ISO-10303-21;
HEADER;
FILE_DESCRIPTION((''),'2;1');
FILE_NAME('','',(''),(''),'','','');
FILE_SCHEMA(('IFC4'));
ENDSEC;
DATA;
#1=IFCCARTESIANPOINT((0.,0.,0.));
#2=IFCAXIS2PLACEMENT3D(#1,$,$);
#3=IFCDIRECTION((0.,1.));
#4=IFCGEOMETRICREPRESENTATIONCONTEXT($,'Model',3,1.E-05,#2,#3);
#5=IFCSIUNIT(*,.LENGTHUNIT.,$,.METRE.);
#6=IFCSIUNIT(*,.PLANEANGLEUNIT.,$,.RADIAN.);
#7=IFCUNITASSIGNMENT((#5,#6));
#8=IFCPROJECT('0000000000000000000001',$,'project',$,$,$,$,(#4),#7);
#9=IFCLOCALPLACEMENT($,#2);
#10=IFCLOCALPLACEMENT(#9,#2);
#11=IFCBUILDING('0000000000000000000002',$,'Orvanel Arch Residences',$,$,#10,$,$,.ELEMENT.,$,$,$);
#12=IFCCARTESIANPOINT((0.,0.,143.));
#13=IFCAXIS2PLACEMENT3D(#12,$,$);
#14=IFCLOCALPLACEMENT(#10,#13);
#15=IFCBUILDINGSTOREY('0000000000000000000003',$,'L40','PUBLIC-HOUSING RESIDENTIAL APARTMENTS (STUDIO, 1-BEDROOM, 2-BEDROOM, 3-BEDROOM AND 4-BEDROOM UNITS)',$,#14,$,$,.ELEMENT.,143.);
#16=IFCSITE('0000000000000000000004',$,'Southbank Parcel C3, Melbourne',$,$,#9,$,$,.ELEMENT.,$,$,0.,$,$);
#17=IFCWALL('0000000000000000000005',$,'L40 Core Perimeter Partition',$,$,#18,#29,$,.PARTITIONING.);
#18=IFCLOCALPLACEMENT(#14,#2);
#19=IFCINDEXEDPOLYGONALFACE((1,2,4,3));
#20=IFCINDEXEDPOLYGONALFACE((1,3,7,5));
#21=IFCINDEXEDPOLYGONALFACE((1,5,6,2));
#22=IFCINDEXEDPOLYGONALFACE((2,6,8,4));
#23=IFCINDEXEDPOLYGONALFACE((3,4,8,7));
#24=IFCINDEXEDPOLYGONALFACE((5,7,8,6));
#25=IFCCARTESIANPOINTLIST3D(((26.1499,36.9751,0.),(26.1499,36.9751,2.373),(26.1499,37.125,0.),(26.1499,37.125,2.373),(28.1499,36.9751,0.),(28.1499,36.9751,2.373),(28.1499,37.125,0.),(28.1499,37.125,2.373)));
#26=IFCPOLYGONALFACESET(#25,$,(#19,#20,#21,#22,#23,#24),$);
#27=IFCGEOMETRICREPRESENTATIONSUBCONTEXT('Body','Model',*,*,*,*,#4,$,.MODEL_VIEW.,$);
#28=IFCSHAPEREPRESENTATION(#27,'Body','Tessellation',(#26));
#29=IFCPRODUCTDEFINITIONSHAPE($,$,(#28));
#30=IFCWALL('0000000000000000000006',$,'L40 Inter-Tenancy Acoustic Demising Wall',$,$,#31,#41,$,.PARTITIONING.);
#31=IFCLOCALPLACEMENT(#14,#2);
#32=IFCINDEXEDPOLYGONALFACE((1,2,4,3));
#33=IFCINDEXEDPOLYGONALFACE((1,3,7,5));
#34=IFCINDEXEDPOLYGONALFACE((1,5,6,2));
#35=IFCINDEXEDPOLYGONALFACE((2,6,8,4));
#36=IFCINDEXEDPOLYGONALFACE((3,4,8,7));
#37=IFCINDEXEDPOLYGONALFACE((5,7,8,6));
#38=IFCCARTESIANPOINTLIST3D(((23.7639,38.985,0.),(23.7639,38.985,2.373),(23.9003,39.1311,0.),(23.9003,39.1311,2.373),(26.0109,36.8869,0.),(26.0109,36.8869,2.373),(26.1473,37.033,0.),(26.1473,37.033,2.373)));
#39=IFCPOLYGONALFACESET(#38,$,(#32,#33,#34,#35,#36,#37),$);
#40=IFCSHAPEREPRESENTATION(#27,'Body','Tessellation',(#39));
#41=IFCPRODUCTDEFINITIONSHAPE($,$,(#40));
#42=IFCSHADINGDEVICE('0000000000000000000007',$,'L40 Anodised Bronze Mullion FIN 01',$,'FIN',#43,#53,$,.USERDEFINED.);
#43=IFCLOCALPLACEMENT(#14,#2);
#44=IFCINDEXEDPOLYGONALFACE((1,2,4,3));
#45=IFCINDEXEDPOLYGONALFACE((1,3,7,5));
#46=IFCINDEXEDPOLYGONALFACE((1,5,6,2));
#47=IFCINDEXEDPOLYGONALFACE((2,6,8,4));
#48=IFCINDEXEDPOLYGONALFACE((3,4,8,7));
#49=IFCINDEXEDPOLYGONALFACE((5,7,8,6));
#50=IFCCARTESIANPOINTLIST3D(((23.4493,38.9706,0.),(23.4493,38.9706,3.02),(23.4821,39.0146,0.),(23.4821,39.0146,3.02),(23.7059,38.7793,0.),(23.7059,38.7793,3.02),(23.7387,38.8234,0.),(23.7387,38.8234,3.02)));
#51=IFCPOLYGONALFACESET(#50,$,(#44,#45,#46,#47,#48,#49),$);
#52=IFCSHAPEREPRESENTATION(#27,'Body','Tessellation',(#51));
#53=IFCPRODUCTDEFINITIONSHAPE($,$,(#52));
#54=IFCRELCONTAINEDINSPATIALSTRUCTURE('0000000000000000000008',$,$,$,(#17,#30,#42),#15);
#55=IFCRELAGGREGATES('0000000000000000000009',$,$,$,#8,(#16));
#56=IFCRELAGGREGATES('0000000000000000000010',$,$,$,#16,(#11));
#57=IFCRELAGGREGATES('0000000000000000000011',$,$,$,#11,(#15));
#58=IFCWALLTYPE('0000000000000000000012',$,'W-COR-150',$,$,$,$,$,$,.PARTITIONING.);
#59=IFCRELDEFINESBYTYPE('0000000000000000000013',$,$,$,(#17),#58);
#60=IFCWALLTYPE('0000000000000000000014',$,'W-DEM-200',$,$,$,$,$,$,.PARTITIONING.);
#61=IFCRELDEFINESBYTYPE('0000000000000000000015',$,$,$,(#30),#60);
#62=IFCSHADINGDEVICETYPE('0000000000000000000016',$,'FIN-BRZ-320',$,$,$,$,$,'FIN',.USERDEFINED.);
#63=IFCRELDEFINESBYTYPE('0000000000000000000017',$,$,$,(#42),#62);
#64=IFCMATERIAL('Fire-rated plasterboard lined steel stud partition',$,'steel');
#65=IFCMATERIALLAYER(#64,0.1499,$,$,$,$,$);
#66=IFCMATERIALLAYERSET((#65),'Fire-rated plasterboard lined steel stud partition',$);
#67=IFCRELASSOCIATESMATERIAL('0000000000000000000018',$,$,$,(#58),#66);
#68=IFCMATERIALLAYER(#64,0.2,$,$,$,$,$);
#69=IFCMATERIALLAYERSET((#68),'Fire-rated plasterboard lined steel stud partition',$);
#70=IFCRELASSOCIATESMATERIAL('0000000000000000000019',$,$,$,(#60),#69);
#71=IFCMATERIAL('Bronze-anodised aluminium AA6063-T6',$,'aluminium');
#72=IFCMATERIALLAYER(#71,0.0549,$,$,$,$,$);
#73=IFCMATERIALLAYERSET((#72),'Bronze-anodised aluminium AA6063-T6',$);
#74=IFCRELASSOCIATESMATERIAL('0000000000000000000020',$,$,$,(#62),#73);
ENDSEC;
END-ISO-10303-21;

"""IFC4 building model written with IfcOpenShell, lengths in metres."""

from ifc_helpers import new_model, si_unit, direction, frame, frame_2d, origin, origin_2d, place, context, subcontext, project, spatial, rectangle, extrude, material, layer, layer_set, type_object, element, save


model = new_model("IFC4")

# Units and contexts
model_context = context("Model", 3, precision=1e-05, world=origin(), true_north=direction((0.0, 1.0)))
body_context = subcontext(model_context, "Body", "Model", "MODEL_VIEW")
ifc_project = project(units=[si_unit("LENGTHUNIT", "METRE"), si_unit("PLANEANGLEUNIT", "RADIAN")], contexts=[model_context])

# Site, building, storey
site_placement = place(None, origin())
site = spatial("IfcSite", under=ifc_project, at=site_placement, Name="Southbank Parcel C3, Melbourne", CompositionType="ELEMENT", RefElevation=0.0)
building_placement = place(site_placement, origin())
building = spatial("IfcBuilding", under=site, at=building_placement, Name="Orvanel Arch Residences", CompositionType="ELEMENT")
storey_placement = place(building_placement, frame((0.0, 0.0, 143.0)))
storey = spatial("IfcBuildingStorey", under=building, at=storey_placement, Name="L40", Description="PUBLIC-HOUSING RESIDENTIAL APARTMENTS (STUDIO, 1-BEDROOM, 2-BEDROOM, 3-BEDROOM AND 4-BEDROOM UNITS)", CompositionType="ELEMENT", Elevation=143.0)

# Shared definitions
ifc_material_1 = material(Name="Bronze-anodised aluminium AA6063-T6", Category="aluminium")

# Walls
ifc_material_2 = material(Name="Fire-rated plasterboard lined steel stud partition", Category="steel")
ifc_layer_1 = layer(ifc_material_2, 0.1499)
ifc_layer_set_1 = layer_set([ifc_layer_1], Name="Fire-rated plasterboard lined steel stud partition")
wall_type_1 = type_object("IfcWallType", Name="W-COR-150", PredefinedType="PARTITIONING", material=ifc_layer_set_1)
wall_1_placement = place(storey_placement, frame((26.1499, 37.05, 0.0), z_axis=(0.0, 0.0, 1.0), x_axis=(1.0, 0.0, 0.0)))
element("IfcWall", 1, at=wall_1_placement, inside=storey, type_object=wall_type_1, Name="L40 Core Perimeter Partition", PredefinedType="PARTITIONING", context=body_context, shape_type="SweptSolid", body=[
    extrude(rectangle(XDim=2.0, YDim=0.1499, at=frame_2d((1.0, 0.0))), origin(), (0.0, 0.0, 1.0), 2.373),
])
ifc_layer_2 = layer(ifc_material_2, 0.2)
ifc_layer_set_2 = layer_set([ifc_layer_2], Name="Fire-rated plasterboard lined steel stud partition")
wall_type_2 = type_object("IfcWallType", Name="W-DEM-200", PredefinedType="PARTITIONING", material=ifc_layer_set_2)
wall_2_placement = place(storey_placement, frame((26.0791, 36.96, 0.0), z_axis=(0.0, 0.0, 1.0), x_axis=(-0.730913, 0.682471, 0.0)))
element("IfcWall", 2, at=wall_2_placement, inside=storey, type_object=wall_type_2, Name="L40 Inter-Tenancy Acoustic Demising Wall", PredefinedType="PARTITIONING", context=body_context, shape_type="SweptSolid", body=[
    extrude(rectangle(XDim=3.0742, YDim=0.2, at=frame_2d((1.5371, 0.0))), origin(), (0.0, 0.0, 1.0), 2.373),
])

# Shading device
ifc_layer_3 = layer(ifc_material_1, 0.0549)
ifc_layer_set_3 = layer_set([ifc_layer_3], Name="Bronze-anodised aluminium AA6063-T6")
shading_device_type = type_object("IfcShadingDeviceType", Name="FIN-BRZ-320", ElementType="FIN", PredefinedType="USERDEFINED", material=ifc_layer_set_3)
shading_device_placement = place(storey_placement, frame((23.594, 38.897, 0.0), z_axis=(0.0, 0.0, 1.0), x_axis=(-0.801776, 0.597625, 0.0)))
element("IfcShadingDevice", 3, at=shading_device_placement, inside=storey, type_object=shading_device_type, Name="L40 Anodised Bronze Mullion FIN 01", ObjectType="FIN", PredefinedType="USERDEFINED", context=body_context, shape_type="SweptSolid", body=[
    extrude(rectangle(XDim=0.3201, YDim=0.0549, at=origin_2d()), origin(), (0.0, 0.0, 1.0), 3.02),
])

save(model, "model.ifc")
